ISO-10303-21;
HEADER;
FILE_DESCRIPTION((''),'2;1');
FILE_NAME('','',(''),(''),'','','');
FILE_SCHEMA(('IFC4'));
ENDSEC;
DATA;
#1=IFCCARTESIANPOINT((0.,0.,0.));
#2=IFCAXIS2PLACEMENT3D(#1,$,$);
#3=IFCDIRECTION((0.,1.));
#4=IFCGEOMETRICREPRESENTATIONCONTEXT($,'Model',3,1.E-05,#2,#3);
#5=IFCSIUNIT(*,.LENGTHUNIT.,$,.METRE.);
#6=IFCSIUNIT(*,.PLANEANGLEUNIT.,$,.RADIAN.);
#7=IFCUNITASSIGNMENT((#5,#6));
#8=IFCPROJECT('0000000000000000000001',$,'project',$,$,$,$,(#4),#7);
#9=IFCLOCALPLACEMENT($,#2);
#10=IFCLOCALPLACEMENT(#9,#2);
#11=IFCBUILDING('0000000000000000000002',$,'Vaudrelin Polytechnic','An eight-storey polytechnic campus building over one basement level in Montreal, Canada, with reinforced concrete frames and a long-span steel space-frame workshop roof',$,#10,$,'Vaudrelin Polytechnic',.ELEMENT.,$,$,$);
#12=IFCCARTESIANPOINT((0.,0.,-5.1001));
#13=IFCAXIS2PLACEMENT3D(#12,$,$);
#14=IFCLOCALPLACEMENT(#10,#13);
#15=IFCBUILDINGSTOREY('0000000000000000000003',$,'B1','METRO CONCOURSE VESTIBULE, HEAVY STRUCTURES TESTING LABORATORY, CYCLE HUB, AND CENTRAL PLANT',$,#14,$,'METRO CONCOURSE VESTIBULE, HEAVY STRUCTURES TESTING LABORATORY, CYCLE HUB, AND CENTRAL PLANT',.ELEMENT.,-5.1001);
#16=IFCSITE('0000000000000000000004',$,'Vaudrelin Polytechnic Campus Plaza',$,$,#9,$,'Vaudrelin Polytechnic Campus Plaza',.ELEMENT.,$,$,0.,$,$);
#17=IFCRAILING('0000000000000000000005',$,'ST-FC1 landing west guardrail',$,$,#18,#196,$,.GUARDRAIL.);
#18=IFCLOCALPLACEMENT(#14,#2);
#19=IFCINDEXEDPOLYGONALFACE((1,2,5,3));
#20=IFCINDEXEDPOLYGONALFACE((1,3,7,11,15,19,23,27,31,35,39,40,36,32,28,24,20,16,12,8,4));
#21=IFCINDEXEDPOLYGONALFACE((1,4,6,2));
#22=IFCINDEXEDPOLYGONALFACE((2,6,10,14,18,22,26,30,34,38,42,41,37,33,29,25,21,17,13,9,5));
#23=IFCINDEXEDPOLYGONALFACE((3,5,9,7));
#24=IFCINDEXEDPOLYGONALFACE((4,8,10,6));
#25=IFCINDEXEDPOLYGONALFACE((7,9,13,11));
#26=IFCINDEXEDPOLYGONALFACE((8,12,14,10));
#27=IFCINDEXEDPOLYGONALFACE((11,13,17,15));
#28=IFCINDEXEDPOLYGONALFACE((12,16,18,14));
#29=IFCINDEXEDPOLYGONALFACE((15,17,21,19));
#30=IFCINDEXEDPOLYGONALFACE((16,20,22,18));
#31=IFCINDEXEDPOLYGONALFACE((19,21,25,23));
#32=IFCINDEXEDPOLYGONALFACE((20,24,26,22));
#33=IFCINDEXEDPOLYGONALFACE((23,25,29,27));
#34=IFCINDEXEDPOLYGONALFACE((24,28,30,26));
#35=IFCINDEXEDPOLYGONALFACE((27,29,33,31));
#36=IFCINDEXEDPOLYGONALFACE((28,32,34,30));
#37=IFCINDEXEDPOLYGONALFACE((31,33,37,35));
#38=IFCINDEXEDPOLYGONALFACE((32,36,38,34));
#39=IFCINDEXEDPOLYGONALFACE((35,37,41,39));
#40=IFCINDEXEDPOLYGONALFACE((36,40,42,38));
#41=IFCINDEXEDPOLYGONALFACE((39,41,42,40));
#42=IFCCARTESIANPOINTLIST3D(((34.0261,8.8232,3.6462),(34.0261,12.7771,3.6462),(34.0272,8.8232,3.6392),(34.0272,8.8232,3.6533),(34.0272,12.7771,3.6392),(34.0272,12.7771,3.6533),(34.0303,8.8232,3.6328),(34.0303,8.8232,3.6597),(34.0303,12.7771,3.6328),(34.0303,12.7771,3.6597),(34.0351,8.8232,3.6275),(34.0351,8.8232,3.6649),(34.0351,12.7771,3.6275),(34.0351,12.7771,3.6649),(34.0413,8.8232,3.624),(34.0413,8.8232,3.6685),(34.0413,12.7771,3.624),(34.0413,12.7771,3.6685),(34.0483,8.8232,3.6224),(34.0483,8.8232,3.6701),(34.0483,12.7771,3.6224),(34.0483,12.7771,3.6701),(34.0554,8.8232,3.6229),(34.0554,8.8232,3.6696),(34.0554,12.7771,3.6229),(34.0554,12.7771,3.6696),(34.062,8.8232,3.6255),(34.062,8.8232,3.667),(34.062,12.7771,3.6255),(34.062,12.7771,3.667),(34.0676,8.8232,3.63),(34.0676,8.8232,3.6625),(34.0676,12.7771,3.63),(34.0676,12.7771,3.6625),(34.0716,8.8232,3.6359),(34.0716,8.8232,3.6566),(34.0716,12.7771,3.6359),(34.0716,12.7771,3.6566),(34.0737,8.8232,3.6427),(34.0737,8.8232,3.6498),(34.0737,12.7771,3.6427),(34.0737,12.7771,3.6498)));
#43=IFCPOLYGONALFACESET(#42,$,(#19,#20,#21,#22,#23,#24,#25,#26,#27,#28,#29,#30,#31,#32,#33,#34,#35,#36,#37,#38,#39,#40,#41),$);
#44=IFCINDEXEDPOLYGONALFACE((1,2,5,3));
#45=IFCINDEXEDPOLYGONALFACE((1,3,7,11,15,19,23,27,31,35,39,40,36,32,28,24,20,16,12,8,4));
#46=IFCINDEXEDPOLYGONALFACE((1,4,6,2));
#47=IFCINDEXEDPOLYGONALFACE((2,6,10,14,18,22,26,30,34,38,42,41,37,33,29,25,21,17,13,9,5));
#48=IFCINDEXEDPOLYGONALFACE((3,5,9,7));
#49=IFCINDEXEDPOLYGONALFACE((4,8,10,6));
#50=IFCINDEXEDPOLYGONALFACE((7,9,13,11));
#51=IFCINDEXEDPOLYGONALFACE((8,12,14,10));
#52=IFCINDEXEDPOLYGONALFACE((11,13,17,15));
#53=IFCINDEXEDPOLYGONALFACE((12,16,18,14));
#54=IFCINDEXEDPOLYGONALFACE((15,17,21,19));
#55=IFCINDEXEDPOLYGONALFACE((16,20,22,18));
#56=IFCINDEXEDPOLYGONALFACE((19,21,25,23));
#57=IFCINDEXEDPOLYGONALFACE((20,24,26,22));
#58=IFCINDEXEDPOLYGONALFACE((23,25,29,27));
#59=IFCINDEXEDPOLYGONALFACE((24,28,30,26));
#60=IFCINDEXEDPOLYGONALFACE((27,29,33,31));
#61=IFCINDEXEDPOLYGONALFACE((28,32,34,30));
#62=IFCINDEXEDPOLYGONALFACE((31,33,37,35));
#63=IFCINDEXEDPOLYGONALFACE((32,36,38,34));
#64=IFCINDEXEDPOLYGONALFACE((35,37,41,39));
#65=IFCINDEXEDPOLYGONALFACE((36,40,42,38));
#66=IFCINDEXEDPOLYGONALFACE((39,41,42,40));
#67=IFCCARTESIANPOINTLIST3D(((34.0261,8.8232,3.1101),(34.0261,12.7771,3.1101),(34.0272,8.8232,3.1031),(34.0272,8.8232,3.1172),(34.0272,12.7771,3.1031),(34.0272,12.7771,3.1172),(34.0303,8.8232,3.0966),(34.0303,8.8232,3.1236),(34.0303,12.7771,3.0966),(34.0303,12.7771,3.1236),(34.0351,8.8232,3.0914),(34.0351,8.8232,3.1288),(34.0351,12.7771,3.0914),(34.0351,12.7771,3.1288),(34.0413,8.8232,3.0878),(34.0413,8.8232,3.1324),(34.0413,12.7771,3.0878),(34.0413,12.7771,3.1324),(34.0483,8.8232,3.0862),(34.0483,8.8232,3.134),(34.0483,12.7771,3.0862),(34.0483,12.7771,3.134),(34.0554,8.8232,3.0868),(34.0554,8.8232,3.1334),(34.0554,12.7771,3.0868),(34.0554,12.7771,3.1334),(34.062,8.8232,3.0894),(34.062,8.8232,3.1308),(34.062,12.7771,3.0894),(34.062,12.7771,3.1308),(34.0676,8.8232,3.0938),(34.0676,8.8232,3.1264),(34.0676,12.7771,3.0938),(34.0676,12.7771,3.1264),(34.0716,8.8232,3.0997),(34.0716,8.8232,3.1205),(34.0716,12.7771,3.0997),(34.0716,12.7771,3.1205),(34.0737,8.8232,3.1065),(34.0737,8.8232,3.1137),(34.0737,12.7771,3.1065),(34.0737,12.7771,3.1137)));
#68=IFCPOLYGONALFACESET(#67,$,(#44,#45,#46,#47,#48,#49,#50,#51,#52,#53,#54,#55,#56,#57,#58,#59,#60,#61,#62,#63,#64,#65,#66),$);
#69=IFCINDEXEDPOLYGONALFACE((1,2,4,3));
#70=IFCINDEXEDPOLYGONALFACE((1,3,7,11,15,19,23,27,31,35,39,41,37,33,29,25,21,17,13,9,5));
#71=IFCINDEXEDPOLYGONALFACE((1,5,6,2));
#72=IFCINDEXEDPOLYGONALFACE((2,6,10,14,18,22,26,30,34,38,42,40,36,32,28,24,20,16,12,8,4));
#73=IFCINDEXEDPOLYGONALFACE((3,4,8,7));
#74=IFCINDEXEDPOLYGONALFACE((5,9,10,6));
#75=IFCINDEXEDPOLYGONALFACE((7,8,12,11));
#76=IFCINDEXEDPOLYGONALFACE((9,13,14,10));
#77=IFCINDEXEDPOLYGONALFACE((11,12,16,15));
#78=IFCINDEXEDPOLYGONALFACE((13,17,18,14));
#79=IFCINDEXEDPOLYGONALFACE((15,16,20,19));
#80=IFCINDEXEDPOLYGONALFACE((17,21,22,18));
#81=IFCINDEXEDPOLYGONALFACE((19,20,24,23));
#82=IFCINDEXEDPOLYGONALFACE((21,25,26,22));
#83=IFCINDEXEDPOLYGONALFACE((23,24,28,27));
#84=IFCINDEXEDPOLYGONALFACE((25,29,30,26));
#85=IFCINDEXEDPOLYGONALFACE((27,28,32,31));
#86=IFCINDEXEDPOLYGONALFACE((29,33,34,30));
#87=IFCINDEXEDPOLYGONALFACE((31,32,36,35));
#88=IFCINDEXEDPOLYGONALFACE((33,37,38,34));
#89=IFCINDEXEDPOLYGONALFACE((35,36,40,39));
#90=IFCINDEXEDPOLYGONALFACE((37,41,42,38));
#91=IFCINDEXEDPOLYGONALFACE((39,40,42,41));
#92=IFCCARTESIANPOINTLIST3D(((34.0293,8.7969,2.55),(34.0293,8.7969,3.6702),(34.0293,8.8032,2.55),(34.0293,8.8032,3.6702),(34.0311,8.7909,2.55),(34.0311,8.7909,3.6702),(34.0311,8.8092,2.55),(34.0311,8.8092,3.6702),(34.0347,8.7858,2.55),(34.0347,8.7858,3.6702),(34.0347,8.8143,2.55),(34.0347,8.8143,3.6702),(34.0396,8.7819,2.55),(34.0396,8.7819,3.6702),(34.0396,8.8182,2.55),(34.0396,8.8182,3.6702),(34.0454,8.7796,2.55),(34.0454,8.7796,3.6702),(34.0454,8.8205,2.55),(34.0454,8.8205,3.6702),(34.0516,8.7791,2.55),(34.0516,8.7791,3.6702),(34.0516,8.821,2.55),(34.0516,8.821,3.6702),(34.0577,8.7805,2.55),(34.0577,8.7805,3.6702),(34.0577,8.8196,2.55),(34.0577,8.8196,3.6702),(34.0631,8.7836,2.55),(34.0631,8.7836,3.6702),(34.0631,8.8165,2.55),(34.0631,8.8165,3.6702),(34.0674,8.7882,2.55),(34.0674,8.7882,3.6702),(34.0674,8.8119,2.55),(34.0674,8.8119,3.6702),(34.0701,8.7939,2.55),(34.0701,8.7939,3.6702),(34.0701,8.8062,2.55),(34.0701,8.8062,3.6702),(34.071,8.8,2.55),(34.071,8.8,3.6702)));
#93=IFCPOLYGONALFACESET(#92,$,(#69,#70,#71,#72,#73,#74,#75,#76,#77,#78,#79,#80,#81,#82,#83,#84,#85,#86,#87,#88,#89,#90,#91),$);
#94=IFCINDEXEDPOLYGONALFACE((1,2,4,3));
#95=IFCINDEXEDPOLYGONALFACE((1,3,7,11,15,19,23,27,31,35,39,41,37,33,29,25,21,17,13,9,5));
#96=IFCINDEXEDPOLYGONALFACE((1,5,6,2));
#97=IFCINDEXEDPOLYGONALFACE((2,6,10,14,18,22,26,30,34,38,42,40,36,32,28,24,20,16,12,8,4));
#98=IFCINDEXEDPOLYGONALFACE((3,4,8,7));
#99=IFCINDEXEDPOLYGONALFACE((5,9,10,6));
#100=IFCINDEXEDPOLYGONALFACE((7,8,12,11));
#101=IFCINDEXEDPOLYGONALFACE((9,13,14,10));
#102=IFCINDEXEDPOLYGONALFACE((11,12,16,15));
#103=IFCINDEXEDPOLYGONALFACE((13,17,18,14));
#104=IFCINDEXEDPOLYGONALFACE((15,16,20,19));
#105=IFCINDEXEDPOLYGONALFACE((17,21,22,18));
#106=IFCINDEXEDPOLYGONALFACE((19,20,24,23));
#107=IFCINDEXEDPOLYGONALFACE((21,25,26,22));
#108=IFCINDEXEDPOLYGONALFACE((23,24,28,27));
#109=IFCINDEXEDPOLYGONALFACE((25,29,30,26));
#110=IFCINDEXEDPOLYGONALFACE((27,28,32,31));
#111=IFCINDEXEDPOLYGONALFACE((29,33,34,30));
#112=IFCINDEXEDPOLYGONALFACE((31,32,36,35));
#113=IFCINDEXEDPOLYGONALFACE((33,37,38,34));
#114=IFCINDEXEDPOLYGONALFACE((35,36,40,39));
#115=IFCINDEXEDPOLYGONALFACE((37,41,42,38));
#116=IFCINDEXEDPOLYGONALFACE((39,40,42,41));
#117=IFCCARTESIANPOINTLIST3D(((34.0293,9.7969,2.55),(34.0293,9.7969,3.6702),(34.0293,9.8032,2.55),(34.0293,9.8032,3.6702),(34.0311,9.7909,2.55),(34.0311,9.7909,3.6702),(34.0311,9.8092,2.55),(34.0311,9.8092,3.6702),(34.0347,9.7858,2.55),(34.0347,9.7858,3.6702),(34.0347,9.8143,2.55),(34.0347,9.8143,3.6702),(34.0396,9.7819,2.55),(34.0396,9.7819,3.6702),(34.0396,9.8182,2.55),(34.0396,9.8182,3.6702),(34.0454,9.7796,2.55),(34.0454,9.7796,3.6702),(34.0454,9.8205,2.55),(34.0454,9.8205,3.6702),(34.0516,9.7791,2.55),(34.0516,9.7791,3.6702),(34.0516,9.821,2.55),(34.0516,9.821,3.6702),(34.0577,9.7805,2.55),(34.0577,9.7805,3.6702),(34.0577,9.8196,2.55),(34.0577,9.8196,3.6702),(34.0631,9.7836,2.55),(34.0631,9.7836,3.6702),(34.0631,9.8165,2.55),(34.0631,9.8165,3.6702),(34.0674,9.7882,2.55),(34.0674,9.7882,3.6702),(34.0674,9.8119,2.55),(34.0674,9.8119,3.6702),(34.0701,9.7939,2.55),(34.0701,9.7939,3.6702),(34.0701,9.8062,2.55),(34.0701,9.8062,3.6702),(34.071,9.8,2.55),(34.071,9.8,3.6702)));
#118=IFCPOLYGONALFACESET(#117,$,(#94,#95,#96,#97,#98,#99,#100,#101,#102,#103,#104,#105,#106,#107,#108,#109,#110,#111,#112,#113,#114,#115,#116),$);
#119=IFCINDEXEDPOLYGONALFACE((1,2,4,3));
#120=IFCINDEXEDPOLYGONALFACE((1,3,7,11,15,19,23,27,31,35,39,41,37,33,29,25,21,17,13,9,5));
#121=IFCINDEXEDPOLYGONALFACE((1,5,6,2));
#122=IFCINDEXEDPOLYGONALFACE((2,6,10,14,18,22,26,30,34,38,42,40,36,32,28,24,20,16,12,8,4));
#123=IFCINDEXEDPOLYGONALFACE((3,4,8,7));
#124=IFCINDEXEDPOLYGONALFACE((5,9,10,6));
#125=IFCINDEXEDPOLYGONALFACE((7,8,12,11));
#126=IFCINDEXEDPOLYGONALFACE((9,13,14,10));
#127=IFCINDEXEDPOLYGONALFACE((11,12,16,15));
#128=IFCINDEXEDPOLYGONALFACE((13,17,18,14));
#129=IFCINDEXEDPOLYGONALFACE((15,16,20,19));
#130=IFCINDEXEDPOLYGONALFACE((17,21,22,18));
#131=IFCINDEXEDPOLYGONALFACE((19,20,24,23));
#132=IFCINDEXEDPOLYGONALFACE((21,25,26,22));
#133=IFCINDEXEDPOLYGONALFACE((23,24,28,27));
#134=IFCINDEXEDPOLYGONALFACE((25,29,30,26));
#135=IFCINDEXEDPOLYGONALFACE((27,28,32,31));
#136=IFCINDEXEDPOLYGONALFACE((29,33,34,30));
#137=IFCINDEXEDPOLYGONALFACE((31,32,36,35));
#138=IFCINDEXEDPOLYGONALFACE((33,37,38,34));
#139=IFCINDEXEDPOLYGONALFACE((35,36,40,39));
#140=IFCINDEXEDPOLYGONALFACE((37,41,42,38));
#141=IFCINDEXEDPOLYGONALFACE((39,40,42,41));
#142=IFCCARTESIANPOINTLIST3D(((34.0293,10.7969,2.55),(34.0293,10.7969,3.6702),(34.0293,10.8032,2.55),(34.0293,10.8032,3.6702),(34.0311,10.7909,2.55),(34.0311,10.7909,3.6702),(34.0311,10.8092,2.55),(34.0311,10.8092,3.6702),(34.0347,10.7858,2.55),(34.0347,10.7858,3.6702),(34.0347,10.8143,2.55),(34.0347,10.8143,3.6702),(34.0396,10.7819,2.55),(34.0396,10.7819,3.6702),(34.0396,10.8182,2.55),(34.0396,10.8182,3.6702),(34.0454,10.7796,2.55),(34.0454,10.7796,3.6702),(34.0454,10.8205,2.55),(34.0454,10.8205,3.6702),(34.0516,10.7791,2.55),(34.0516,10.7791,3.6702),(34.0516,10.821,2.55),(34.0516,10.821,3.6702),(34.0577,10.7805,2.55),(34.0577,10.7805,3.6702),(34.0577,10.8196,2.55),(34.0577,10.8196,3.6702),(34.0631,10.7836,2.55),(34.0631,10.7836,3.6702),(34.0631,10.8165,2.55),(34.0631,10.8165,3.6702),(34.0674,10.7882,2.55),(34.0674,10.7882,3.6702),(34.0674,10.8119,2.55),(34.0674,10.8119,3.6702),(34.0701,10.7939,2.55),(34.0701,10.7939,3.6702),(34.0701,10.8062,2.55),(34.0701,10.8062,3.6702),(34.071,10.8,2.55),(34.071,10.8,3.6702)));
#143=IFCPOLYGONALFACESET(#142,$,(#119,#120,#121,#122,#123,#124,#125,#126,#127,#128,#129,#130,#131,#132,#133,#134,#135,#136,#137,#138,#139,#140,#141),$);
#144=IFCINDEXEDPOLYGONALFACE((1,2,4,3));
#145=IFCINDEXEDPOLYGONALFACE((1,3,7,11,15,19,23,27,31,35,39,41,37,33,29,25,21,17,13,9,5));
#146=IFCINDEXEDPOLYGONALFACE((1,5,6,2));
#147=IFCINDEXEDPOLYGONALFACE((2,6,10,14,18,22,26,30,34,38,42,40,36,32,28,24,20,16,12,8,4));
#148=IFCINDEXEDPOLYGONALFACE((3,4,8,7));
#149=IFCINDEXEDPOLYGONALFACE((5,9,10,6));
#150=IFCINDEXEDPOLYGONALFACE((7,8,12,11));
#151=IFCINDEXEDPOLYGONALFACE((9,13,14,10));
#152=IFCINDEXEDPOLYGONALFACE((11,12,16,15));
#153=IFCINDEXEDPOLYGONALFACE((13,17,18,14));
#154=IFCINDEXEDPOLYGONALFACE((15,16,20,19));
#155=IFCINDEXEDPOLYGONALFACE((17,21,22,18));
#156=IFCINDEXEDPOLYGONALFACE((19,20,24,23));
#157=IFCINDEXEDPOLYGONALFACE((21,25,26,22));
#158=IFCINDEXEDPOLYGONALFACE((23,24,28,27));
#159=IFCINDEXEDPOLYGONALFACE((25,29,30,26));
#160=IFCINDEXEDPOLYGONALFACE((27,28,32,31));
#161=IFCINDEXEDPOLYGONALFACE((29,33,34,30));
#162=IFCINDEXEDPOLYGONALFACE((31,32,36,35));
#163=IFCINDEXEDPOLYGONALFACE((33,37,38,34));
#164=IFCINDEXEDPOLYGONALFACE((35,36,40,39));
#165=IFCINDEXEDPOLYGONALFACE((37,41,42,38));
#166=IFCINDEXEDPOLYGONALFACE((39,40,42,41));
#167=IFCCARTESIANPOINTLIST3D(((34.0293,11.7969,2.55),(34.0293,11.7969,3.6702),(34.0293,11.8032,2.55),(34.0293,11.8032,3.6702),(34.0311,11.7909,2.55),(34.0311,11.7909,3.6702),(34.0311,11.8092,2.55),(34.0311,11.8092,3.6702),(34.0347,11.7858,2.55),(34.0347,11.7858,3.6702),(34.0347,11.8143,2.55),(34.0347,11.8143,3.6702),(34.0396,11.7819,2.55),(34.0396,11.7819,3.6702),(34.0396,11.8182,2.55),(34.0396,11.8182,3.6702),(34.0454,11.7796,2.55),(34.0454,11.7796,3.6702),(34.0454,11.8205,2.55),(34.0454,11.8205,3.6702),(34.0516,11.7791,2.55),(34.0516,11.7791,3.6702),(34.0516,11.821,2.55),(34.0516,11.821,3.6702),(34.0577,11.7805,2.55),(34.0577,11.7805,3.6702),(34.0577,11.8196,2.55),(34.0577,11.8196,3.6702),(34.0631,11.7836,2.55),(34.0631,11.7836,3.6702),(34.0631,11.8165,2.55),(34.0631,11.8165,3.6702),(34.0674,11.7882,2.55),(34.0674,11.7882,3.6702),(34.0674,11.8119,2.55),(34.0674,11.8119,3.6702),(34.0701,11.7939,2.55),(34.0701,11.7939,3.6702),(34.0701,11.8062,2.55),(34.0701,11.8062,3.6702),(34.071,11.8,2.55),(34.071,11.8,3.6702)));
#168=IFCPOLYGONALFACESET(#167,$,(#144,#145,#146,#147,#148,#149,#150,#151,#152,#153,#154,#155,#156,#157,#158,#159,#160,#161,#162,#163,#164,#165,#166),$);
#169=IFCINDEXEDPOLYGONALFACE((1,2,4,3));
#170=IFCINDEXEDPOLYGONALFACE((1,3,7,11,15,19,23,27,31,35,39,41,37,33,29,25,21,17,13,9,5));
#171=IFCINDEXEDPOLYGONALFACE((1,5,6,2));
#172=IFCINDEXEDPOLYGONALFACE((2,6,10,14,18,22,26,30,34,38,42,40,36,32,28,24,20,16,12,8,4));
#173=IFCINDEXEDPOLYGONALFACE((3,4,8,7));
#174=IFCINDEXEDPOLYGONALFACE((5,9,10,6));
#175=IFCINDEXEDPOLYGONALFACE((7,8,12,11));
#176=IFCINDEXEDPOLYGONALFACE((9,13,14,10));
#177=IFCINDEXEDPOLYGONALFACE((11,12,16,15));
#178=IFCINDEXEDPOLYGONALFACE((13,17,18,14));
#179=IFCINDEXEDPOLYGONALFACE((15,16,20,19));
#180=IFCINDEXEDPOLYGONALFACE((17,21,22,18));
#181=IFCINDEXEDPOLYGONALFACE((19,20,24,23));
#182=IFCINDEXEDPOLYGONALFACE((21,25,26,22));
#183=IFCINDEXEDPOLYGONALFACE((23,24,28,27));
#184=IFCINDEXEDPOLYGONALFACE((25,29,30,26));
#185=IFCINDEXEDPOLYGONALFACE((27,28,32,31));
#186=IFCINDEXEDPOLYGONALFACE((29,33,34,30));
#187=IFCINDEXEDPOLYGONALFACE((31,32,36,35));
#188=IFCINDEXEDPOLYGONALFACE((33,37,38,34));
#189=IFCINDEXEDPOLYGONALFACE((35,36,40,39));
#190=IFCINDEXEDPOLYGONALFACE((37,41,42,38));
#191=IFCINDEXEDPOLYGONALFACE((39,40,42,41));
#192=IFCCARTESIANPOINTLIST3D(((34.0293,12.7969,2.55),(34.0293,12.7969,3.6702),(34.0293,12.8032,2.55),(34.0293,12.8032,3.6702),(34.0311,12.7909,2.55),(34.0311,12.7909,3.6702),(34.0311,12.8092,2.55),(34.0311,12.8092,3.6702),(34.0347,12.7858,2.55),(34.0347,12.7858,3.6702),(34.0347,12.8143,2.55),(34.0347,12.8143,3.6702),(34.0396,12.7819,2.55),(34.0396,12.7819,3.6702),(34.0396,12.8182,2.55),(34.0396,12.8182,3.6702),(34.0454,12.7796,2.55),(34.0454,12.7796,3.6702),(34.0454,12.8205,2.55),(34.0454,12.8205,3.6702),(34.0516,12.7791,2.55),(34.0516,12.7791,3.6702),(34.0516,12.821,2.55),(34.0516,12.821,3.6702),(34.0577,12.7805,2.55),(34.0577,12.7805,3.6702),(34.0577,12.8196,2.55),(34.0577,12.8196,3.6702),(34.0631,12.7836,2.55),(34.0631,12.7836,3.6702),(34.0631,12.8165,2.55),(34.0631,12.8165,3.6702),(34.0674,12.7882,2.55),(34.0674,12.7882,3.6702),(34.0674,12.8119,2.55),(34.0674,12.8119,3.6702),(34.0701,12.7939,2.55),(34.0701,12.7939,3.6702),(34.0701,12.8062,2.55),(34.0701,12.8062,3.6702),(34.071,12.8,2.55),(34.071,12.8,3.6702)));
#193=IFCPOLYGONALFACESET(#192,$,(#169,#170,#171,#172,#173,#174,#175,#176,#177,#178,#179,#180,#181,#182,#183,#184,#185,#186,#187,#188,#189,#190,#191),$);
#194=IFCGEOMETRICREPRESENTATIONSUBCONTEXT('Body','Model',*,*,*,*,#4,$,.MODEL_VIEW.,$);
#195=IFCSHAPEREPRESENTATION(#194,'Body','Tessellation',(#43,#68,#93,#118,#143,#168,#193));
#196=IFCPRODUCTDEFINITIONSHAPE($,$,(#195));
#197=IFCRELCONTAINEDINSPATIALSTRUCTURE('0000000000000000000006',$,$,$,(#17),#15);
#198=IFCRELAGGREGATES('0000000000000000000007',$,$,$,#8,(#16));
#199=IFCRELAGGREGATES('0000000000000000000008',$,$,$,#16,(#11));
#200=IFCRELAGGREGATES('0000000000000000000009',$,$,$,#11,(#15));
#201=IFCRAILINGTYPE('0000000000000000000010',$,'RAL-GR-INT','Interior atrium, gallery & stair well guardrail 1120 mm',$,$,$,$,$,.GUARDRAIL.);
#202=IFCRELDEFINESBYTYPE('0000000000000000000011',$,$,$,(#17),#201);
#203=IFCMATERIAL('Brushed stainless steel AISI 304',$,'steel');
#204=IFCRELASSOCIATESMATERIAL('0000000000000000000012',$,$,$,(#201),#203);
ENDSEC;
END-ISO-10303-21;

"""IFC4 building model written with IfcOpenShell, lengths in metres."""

from ifc_helpers import new_model, si_unit, direction, frame, origin, origin_2d, place, context, subcontext, project, spatial, circle, extrude, material, type_object, element, save


model = new_model("IFC4")

# Units and contexts
model_context = context("Model", 3, precision=1e-05, world=origin(), true_north=direction((0.0, 1.0)))
body_context = subcontext(model_context, "Body", "Model", "MODEL_VIEW")
ifc_project = project(units=[si_unit("LENGTHUNIT", "METRE"), si_unit("PLANEANGLEUNIT", "RADIAN")], contexts=[model_context])

# Site, building, storey
site_placement = place(None, origin())
site = spatial("IfcSite", under=ifc_project, at=site_placement, Name="Vaudrelin Polytechnic Campus Plaza", LongName="Vaudrelin Polytechnic Campus Plaza", CompositionType="ELEMENT", RefElevation=0.0)
building_placement = place(site_placement, origin())
building = spatial("IfcBuilding", under=site, at=building_placement, Name="Vaudrelin Polytechnic", Description="An eight-storey polytechnic campus building over one basement level in Montreal, Canada, with reinforced concrete frames and a long-span steel space-frame workshop roof", LongName="Vaudrelin Polytechnic", CompositionType="ELEMENT")
storey_placement = place(building_placement, frame((0.0, 0.0, -5.1001)))
storey = spatial("IfcBuildingStorey", under=building, at=storey_placement, Name="B1", Description="METRO CONCOURSE VESTIBULE, HEAVY STRUCTURES TESTING LABORATORY, CYCLE HUB, AND CENTRAL PLANT", LongName="METRO CONCOURSE VESTIBULE, HEAVY STRUCTURES TESTING LABORATORY, CYCLE HUB, AND CENTRAL PLANT", CompositionType="ELEMENT", Elevation=-5.1001)

# Railing
ifc_material_1 = material(Name="Brushed stainless steel AISI 304", Category="steel")
railing_type_1 = type_object("IfcRailingType", Name="RAL-GR-INT", Description="Interior atrium, gallery & stair well guardrail 1120 mm", PredefinedType="GUARDRAIL", material=ifc_material_1)
railing_1_placement = place(storey_placement, frame((34.05, 8.8, 2.55)))
element("IfcRailing", 1, at=railing_1_placement, inside=storey, type_object=railing_type_1, Name="ST-FC1 landing west guardrail", PredefinedType="GUARDRAIL", context=body_context, shape_type="SweptSolid", body=[
    extrude(circle(Radius=0.0239, at=origin_2d()), frame((0.0, 0.0232, 1.0962), z_axis=(0.0, 1.0, 0.0), x_axis=(-1.0, 0.0, 0.0)), (0.0, 0.0, 1.0), 3.9539),
    extrude(circle(Radius=0.0239, at=origin_2d()), frame((0.0, 0.0232, 0.5601), z_axis=(0.0, 1.0, 0.0), x_axis=(-1.0, 0.0, 0.0)), (0.0, 0.0, 1.0), 3.9539),
    extrude(circle(Radius=0.021, at=origin_2d()), origin(), (0.0, 0.0, 1.0), 1.1201),
    extrude(circle(Radius=0.021, at=origin_2d()), frame((0.0, 1.0, 0.0)), (0.0, 0.0, 1.0), 1.1201),
    extrude(circle(Radius=0.021, at=origin_2d()), frame((0.0, 2.0, 0.0)), (0.0, 0.0, 1.0), 1.1201),
    extrude(circle(Radius=0.021, at=origin_2d()), frame((0.0, 3.0, 0.0)), (0.0, 0.0, 1.0), 1.1201),
    extrude(circle(Radius=0.021, at=origin_2d()), frame((0.0, 4.0, 0.0)), (0.0, 0.0, 1.0), 1.1201),
])

save(model, "model.ifc")
